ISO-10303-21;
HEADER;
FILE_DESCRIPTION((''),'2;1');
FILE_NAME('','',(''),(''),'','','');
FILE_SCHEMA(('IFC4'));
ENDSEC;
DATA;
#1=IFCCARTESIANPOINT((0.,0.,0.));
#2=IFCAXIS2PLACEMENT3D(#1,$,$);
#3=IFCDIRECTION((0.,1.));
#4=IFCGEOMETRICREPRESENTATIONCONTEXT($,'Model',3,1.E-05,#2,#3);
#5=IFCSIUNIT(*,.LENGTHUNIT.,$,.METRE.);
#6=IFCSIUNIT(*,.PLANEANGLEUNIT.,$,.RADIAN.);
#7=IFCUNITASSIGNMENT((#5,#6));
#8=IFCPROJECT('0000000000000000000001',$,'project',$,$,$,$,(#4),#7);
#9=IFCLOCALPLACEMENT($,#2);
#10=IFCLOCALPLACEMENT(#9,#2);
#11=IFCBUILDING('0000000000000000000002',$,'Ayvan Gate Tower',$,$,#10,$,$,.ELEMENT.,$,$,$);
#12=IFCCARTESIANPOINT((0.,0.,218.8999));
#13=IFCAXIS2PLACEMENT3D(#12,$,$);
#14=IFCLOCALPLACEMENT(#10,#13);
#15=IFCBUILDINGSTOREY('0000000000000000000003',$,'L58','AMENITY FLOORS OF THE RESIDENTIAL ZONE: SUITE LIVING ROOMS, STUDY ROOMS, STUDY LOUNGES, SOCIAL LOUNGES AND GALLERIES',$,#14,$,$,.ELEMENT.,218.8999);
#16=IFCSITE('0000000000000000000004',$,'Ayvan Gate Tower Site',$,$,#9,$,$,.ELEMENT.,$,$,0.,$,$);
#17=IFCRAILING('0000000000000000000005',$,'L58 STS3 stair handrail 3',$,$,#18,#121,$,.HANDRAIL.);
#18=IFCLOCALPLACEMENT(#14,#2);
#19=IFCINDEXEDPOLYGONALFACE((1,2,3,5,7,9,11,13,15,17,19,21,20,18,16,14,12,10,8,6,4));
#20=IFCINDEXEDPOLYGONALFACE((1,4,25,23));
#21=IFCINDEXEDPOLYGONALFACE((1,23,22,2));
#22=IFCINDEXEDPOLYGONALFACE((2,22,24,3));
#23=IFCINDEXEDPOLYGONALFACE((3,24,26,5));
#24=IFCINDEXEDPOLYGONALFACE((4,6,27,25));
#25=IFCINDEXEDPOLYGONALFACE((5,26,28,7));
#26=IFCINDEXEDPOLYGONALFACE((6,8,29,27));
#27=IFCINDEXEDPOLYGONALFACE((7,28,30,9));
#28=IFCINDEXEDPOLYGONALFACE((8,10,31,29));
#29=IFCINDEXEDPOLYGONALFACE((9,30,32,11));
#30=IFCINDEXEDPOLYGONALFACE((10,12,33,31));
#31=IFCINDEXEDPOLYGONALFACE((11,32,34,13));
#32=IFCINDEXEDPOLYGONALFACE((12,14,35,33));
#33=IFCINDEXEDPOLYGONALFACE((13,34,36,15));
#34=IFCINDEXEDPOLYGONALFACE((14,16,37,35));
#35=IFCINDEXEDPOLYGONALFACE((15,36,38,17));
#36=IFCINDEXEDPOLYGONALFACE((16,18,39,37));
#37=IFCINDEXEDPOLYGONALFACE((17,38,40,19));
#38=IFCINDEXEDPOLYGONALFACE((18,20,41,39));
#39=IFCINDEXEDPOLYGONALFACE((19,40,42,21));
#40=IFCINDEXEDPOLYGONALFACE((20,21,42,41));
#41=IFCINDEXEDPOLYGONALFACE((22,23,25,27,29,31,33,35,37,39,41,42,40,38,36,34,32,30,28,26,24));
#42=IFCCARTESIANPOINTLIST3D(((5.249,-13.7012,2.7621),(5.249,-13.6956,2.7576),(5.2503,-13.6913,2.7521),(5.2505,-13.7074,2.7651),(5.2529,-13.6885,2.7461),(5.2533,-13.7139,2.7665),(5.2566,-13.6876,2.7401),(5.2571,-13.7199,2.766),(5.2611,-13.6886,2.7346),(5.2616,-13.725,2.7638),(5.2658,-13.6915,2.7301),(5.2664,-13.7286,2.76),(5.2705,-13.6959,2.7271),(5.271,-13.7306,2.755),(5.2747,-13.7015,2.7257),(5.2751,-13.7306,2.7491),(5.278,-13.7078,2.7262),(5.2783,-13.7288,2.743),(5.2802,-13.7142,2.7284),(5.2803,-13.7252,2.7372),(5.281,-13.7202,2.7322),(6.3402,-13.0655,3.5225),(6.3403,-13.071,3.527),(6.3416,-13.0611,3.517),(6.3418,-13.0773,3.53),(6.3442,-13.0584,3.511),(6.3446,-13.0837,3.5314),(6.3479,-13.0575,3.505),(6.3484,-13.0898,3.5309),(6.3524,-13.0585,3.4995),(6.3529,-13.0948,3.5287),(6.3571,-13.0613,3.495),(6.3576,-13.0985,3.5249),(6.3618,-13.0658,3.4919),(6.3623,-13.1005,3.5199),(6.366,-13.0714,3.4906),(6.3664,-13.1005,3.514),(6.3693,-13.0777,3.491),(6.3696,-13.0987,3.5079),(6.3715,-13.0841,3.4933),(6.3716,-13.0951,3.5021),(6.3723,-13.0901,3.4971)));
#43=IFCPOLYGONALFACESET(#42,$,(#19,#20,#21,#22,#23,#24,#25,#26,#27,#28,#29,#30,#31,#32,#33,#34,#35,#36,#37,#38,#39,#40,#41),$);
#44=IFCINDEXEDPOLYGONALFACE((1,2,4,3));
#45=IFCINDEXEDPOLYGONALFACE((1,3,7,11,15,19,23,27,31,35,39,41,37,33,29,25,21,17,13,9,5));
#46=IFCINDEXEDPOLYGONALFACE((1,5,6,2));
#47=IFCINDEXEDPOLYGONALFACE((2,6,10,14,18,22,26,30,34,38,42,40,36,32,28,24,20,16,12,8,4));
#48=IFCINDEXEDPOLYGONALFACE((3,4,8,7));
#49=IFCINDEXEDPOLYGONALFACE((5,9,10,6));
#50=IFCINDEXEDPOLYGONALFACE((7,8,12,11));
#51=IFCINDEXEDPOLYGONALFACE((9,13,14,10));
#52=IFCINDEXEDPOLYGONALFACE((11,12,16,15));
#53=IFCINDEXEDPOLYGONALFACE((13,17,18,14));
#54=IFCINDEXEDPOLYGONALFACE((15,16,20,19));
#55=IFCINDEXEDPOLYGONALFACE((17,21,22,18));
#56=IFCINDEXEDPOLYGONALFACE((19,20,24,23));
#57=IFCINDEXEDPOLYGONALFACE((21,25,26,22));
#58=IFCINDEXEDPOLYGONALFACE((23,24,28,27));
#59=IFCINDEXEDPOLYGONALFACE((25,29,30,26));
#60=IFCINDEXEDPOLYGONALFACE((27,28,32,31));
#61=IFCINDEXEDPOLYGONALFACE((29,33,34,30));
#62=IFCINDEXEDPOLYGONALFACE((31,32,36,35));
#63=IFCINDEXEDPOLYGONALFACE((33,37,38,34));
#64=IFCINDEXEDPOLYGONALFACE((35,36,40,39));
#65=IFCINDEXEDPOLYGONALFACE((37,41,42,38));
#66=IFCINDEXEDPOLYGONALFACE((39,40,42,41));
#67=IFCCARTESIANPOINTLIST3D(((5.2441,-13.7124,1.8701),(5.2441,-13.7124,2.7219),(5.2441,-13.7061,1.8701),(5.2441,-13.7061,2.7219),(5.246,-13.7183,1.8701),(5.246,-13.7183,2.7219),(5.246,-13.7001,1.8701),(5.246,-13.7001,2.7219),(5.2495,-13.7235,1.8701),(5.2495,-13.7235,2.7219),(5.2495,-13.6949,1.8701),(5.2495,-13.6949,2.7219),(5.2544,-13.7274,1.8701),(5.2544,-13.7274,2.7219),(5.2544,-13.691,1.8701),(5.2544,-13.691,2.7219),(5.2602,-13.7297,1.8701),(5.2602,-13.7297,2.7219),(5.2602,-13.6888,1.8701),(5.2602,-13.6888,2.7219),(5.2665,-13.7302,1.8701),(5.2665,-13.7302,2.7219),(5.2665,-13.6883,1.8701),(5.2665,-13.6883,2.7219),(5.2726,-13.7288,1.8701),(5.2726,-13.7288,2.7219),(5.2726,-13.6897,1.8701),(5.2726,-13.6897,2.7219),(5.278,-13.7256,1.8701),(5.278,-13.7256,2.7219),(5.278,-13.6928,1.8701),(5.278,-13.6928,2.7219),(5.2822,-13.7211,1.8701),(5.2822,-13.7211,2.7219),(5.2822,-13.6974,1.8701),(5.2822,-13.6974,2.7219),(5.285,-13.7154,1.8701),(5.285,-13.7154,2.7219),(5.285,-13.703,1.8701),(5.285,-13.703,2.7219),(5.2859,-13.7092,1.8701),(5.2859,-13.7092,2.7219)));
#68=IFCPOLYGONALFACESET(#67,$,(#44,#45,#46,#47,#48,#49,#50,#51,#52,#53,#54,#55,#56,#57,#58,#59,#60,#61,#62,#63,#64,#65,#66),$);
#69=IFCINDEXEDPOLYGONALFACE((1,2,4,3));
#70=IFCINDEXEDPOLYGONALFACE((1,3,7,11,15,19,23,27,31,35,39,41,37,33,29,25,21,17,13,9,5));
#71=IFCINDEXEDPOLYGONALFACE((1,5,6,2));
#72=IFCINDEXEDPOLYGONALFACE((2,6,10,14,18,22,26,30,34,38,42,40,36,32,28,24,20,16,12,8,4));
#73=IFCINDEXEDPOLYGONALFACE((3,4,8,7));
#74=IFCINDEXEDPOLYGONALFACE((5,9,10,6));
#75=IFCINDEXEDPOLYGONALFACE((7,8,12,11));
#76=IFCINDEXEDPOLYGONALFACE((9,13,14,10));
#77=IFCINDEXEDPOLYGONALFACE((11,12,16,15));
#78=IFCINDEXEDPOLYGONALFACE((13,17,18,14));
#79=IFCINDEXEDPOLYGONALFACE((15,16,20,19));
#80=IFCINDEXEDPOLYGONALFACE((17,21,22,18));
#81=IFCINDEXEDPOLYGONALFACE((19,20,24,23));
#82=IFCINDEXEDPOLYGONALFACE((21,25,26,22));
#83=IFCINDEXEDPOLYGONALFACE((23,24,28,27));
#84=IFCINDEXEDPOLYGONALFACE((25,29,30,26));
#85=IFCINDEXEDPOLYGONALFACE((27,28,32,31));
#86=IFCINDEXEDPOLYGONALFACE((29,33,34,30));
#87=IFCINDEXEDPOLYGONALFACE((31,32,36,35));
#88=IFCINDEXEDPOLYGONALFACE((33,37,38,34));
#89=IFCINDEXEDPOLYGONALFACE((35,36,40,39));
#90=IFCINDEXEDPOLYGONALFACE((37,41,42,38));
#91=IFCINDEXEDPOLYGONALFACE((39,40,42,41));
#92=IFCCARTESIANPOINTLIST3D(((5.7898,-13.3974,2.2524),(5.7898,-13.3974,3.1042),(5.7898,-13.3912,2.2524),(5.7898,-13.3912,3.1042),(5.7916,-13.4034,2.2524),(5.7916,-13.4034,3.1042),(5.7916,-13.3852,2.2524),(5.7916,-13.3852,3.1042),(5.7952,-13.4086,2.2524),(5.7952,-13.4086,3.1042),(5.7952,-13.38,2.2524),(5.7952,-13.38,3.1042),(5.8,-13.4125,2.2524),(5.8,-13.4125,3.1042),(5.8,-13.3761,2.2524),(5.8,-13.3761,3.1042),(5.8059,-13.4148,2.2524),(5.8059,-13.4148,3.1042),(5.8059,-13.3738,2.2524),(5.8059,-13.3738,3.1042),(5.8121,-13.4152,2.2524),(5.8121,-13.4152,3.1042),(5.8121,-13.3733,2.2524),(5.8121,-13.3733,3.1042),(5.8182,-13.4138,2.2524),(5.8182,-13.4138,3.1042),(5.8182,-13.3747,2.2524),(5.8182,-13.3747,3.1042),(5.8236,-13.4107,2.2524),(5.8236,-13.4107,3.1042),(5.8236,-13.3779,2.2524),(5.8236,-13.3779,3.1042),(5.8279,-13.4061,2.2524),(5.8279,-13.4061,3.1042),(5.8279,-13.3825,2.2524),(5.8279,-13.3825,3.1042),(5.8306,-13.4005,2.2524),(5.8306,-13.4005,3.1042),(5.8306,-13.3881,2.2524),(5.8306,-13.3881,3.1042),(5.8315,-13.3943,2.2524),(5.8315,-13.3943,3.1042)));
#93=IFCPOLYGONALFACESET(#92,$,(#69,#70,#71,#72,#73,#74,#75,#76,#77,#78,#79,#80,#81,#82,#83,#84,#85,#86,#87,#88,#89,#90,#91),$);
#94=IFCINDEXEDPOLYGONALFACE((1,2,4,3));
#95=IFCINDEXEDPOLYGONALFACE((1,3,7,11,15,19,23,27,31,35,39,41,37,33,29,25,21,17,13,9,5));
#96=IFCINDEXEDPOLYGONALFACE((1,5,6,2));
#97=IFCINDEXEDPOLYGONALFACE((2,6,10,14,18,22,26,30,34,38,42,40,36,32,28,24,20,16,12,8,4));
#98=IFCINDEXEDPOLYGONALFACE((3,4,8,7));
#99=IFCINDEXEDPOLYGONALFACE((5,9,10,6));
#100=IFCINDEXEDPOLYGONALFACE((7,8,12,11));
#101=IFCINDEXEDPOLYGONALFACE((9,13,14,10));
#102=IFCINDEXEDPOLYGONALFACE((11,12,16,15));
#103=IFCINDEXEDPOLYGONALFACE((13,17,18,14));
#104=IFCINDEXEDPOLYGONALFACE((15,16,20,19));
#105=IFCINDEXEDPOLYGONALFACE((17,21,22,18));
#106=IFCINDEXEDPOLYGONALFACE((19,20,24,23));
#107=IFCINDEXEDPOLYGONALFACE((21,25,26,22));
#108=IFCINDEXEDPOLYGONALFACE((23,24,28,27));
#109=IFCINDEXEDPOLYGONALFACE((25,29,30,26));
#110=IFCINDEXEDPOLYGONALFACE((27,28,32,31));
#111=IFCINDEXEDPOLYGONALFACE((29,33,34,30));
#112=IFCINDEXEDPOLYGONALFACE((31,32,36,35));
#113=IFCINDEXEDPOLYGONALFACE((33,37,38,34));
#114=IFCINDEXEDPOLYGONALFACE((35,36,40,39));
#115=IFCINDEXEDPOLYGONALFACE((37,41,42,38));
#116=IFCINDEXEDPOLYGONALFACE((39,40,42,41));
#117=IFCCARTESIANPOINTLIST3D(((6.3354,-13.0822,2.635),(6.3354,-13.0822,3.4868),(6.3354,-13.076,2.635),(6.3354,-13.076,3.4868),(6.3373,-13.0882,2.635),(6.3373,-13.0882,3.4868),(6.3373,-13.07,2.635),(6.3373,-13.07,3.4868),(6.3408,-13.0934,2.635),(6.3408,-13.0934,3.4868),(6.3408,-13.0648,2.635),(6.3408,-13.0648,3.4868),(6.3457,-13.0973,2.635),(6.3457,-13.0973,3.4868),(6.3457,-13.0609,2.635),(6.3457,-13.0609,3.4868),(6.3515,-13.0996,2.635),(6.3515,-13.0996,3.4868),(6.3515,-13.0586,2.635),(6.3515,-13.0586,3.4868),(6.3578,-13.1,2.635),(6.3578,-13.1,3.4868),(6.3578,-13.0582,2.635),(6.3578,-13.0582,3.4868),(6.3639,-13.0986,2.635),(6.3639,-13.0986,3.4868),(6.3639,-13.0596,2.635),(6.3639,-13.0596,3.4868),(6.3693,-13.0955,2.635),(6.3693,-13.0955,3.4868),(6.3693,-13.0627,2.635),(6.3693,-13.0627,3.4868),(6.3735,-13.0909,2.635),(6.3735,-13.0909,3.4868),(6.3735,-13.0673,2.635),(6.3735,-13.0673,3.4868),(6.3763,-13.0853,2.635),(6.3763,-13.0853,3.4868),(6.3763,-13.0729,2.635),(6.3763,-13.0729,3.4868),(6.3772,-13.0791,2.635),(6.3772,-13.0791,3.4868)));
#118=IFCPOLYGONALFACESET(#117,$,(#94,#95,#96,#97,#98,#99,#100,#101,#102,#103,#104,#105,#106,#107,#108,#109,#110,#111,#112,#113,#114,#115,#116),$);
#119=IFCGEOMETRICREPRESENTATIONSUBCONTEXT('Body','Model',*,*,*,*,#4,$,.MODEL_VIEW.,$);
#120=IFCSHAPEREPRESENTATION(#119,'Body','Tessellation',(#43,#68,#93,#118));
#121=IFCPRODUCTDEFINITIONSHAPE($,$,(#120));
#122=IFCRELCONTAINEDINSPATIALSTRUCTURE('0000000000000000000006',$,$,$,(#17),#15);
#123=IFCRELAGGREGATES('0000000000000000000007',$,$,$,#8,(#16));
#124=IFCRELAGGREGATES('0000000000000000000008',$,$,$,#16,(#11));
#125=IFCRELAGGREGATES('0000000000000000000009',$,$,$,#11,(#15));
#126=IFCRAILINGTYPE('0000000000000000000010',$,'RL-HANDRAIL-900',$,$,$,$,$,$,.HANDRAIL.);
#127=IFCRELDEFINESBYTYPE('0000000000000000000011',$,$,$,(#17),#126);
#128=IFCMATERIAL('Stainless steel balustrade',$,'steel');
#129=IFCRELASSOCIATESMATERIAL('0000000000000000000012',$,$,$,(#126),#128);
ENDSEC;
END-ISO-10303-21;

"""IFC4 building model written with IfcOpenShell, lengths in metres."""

from ifc_helpers import new_model, si_unit, direction, frame, origin, origin_2d, place, context, subcontext, project, spatial, circle, extrude, material, type_object, element, save


model = new_model("IFC4")

# Units and contexts
model_context = context("Model", 3, precision=1e-05, world=origin(), true_north=direction((0.0, 1.0)))
body_context = subcontext(model_context, "Body", "Model", "MODEL_VIEW")
ifc_project = project(units=[si_unit("LENGTHUNIT", "METRE"), si_unit("PLANEANGLEUNIT", "RADIAN")], contexts=[model_context])

# Site, building, storey
site_placement = place(None, origin())
site = spatial("IfcSite", under=ifc_project, at=site_placement, Name="Ayvan Gate Tower Site", CompositionType="ELEMENT", RefElevation=0.0)
building_placement = place(site_placement, origin())
building = spatial("IfcBuilding", under=site, at=building_placement, Name="Ayvan Gate Tower", CompositionType="ELEMENT")
storey_placement = place(building_placement, frame((0.0, 0.0, 218.8999)))
storey = spatial("IfcBuildingStorey", under=building, at=storey_placement, Name="L58", Description="AMENITY FLOORS OF THE RESIDENTIAL ZONE: SUITE LIVING ROOMS, STUDY ROOMS, STUDY LOUNGES, SOCIAL LOUNGES AND GALLERIES", CompositionType="ELEMENT", Elevation=218.8999)

# Railing
ifc_material_1 = material(Name="Stainless steel balustrade", Category="steel")
railing_type_1 = type_object("IfcRailingType", Name="RL-HANDRAIL-900", PredefinedType="HANDRAIL", material=ifc_material_1)
railing_1_placement = place(storey_placement, frame((5.2649, -13.7092, 1.8701)))
element("IfcRailing", 1, at=railing_1_placement, inside=storey, type_object=railing_type_1, Name="L58 STS3 stair handrail 3", PredefinedType="HANDRAIL", context=body_context, shape_type="SweptSolid", body=[
    extrude(circle(Radius=0.0239, at=origin_2d()), frame((0.0, 0.0, 0.876), z_axis=(0.740304, 0.427455, 0.518875), x_axis=(-0.500035, 0.866005, 0.0)), (0.0, 0.0, 1.0), 1.4741),
    extrude(circle(Radius=0.021, at=origin_2d()), origin(), (0.0, 0.0, 1.0), 0.8518),
    extrude(circle(Radius=0.021, at=origin_2d()), frame((0.5457, 0.3149, 0.3823)), (0.0, 0.0, 1.0), 0.8518),
    extrude(circle(Radius=0.021, at=origin_2d()), frame((1.0913, 0.6301, 0.7649)), (0.0, 0.0, 1.0), 0.8518),
])

save(model, "model.ifc")
